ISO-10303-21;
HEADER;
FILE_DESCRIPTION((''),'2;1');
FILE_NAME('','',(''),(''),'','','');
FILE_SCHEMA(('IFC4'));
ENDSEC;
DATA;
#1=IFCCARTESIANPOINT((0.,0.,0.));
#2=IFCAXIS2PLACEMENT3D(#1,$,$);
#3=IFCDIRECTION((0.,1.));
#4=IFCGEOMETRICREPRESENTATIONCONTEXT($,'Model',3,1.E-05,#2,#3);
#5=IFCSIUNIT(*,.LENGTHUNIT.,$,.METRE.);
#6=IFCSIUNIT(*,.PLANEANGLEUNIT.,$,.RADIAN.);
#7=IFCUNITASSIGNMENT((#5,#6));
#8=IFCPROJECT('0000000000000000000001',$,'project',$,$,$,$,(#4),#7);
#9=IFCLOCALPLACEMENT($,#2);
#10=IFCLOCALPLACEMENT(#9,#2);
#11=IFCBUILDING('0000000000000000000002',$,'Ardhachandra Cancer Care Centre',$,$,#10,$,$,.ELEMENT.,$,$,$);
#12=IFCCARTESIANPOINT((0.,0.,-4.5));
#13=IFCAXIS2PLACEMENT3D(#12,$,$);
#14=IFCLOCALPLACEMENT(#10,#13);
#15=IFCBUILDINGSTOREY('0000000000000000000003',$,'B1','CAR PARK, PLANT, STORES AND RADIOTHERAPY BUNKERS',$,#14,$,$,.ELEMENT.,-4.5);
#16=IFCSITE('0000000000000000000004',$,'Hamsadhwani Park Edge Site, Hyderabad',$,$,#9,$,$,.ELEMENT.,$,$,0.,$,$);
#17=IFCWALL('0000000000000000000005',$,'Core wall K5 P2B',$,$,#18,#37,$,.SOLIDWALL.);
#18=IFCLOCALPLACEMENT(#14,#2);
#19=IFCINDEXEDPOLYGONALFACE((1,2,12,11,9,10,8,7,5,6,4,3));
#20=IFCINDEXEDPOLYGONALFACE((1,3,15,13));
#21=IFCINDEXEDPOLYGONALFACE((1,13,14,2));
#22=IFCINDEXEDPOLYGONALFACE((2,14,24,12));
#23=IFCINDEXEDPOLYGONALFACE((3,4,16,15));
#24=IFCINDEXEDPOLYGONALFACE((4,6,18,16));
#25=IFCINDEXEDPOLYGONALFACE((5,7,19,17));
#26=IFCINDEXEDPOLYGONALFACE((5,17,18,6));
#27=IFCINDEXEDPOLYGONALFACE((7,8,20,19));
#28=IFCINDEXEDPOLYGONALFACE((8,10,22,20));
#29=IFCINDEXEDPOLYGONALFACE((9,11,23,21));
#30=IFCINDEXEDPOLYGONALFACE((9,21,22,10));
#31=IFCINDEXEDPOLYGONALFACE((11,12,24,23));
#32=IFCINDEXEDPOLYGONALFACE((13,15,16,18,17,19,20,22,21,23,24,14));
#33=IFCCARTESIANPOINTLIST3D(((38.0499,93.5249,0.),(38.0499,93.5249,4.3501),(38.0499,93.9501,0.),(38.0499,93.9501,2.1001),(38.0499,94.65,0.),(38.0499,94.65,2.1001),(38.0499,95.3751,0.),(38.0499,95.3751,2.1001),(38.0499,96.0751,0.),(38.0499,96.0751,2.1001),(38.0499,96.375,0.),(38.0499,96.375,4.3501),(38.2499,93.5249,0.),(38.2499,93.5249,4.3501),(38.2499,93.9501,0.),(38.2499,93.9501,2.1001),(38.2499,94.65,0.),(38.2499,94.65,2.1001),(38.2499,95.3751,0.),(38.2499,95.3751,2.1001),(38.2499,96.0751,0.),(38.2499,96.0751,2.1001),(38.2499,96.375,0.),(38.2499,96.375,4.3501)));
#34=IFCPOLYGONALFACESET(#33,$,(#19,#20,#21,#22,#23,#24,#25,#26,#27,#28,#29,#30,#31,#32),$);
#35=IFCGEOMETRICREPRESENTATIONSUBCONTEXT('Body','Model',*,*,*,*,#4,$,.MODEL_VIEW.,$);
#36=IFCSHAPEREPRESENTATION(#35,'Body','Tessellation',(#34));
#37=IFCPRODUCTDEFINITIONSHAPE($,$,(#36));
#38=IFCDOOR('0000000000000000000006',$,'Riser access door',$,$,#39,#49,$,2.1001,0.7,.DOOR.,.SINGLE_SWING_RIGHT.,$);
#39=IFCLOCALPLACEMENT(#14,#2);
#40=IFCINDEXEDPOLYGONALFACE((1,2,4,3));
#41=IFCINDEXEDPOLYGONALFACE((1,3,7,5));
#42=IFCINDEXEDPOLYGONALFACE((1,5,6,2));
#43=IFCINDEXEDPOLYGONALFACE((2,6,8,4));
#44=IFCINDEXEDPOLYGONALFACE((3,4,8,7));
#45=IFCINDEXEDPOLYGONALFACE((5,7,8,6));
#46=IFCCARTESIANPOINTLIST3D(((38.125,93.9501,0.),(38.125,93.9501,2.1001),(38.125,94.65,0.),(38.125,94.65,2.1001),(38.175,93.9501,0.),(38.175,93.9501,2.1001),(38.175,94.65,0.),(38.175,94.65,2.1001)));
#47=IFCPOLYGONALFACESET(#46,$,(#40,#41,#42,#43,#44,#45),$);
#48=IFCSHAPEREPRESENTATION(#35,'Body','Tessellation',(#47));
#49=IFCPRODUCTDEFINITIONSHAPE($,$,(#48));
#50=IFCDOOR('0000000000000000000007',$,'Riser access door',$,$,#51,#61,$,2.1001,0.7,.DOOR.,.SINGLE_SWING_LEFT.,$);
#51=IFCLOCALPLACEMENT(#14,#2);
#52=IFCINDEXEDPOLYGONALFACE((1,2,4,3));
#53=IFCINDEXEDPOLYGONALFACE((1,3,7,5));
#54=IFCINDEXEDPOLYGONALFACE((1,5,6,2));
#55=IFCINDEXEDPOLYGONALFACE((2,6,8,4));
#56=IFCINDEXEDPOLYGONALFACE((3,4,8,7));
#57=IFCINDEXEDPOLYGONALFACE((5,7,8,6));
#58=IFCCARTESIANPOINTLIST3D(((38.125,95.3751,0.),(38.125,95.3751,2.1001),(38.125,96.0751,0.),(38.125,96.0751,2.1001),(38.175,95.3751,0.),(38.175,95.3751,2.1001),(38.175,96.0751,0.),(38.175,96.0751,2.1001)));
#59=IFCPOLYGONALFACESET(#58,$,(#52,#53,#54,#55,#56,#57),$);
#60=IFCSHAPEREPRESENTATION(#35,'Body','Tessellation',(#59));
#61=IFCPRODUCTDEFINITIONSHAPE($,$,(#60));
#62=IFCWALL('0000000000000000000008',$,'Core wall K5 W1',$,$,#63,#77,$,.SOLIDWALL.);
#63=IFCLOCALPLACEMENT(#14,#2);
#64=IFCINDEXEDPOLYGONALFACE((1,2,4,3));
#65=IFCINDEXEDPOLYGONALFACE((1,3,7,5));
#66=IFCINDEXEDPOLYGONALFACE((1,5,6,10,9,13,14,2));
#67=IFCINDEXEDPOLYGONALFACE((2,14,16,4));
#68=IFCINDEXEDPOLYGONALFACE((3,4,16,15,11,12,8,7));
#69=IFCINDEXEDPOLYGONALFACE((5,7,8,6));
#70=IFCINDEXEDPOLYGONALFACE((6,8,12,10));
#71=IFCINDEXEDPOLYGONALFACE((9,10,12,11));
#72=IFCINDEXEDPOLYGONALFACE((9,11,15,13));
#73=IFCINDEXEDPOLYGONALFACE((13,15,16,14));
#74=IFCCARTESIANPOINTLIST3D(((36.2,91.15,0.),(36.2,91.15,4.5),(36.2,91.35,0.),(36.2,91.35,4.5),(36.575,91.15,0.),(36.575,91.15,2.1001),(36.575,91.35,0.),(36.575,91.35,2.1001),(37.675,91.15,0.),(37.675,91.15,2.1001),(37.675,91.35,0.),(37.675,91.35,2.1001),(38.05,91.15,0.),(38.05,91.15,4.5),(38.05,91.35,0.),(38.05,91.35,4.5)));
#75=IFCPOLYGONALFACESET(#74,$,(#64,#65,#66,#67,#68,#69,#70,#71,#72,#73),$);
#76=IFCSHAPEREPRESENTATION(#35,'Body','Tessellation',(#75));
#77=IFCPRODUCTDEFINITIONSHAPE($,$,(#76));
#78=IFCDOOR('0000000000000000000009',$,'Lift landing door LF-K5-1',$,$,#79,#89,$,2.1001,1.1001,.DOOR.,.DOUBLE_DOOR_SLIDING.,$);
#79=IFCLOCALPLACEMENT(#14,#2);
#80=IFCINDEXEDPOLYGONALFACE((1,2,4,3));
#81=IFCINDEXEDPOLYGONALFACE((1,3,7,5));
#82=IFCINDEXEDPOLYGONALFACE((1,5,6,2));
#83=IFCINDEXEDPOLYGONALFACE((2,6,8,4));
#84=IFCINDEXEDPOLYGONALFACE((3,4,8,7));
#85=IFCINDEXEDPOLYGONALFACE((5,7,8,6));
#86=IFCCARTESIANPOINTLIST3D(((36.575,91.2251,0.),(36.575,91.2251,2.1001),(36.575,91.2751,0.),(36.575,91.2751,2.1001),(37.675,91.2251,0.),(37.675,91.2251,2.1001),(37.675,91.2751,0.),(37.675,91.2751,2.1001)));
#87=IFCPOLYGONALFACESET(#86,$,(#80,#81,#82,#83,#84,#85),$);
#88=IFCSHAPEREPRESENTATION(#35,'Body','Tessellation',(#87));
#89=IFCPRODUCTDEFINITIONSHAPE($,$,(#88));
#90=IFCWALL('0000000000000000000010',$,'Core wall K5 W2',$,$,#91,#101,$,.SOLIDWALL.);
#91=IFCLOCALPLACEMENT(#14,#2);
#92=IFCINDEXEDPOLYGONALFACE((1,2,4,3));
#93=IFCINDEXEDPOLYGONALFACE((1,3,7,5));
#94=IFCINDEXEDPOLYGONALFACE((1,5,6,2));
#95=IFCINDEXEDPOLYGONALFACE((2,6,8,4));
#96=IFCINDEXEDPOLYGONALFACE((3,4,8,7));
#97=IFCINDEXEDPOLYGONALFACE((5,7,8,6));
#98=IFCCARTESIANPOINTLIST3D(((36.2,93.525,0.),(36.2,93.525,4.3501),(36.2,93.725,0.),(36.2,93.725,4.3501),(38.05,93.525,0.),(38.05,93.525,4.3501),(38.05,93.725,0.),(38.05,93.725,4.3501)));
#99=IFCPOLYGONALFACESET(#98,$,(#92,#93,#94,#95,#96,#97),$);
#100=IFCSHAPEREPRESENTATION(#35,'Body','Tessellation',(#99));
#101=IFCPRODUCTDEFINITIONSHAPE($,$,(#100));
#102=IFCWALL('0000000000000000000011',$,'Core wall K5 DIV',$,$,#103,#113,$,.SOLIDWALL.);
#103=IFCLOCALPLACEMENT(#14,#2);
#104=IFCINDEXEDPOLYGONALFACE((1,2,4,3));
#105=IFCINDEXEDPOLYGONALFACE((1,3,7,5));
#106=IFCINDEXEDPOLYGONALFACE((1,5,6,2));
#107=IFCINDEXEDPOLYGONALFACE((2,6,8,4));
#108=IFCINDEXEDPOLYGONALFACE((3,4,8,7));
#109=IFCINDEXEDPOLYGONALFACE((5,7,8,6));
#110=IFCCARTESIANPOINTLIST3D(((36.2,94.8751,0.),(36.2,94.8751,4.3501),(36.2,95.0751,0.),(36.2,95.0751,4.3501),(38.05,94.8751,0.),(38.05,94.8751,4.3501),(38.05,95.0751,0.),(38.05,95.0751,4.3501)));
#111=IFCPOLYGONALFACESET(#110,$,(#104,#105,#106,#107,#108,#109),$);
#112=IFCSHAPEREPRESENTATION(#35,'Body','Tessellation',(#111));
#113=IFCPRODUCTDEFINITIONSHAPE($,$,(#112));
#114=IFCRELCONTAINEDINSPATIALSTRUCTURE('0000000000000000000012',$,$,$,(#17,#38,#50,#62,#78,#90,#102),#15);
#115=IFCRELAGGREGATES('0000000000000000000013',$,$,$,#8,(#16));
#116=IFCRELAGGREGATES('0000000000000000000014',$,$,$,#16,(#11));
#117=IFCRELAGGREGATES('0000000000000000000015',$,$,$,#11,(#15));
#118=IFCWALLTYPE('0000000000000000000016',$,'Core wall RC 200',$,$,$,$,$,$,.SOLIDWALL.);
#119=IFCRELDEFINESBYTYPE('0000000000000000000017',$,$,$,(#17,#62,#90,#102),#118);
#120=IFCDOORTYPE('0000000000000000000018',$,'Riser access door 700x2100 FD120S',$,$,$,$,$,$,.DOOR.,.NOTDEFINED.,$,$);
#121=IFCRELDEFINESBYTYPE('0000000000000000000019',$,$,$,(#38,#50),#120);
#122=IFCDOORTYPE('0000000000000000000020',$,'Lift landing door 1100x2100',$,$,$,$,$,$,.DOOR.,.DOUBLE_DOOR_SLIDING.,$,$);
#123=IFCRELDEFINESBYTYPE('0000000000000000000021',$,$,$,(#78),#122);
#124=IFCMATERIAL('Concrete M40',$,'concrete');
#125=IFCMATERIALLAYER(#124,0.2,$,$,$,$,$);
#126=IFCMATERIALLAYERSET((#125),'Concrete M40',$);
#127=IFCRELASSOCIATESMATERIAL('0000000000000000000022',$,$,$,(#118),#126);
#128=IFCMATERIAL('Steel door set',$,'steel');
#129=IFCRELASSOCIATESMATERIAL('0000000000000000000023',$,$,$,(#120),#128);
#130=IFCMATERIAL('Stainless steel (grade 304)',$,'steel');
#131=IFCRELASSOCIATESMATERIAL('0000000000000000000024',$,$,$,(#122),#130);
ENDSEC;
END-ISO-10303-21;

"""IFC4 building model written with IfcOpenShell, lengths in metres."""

from ifc_helpers import new_model, si_unit, direction, frame, frame_2d, origin, place, context, subcontext, project, spatial, rectangle, extrude, material, layer, layer_set, type_object, element, fill, save


model = new_model("IFC4")

# Units and contexts
model_context = context("Model", 3, precision=1e-05, world=origin(), true_north=direction((0.0, 1.0)))
body_context = subcontext(model_context, "Body", "Model", "MODEL_VIEW")
ifc_project = project(units=[si_unit("LENGTHUNIT", "METRE"), si_unit("PLANEANGLEUNIT", "RADIAN")], contexts=[model_context])

# Site, building, storey
site_placement = place(None, origin())
site = spatial("IfcSite", under=ifc_project, at=site_placement, Name="Hamsadhwani Park Edge Site, Hyderabad", CompositionType="ELEMENT", RefElevation=0.0)
building_placement = place(site_placement, origin())
building = spatial("IfcBuilding", under=site, at=building_placement, Name="Ardhachandra Cancer Care Centre", CompositionType="ELEMENT")
storey_placement = place(building_placement, frame((0.0, 0.0, -4.5)))
storey = spatial("IfcBuildingStorey", under=building, at=storey_placement, Name="B1", Description="CAR PARK, PLANT, STORES AND RADIOTHERAPY BUNKERS", CompositionType="ELEMENT", Elevation=-4.5)

# Wall, openings, doors
ifc_material_1 = material(Name="Concrete M40", Category="concrete")
ifc_layer = layer(ifc_material_1, 0.2)
ifc_layer_set = layer_set([ifc_layer], Name="Concrete M40")
wall_type = type_object("IfcWallType", Name="Core wall RC 200", PredefinedType="SOLIDWALL", material=ifc_layer_set)
wall_1_placement = place(storey_placement, frame((38.1499, 93.5249, 0.0), z_axis=(0.0, 0.0, 1.0), x_axis=(0.0, 1.0, 0.0)))
wall_1 = element("IfcWall", 1, at=wall_1_placement, inside=storey, type_object=wall_type, Name="Core wall K5 P2B", PredefinedType="SOLIDWALL", context=body_context, shape_type="SweptSolid", body=[
    extrude(rectangle(XDim=2.8501, YDim=0.2, at=frame_2d((1.425, 0.0))), origin(), (0.0, 0.0, 1.0), 4.3501),
])
opening_1_placement = place(wall_1_placement, frame((0.425, 0.0, 0.0)))
opening_1 = element("IfcOpeningElement", 2, at=opening_1_placement, cuts=wall_1, PredefinedType="OPENING", context=body_context, shape_type="SweptSolid", body=[
    extrude(rectangle(XDim=0.7, YDim=2.1001, at=frame_2d((0.3501, 1.05))), frame((0.0, 0.1099, 0.0), z_axis=(0.0, -1.0, 0.0), x_axis=(1.0, 0.0, 0.0)), (0.0, 0.0, 1.0), 0.22),
])
opening_2_placement = place(wall_1_placement, frame((1.8501, 0.0, 0.0)))
opening_2 = element("IfcOpeningElement", 3, at=opening_2_placement, cuts=wall_1, PredefinedType="OPENING", context=body_context, shape_type="SweptSolid", body=[
    extrude(rectangle(XDim=0.7, YDim=2.1001, at=frame_2d((0.3501, 1.05))), frame((0.0, 0.1099, 0.0), z_axis=(0.0, -1.0, 0.0), x_axis=(1.0, 0.0, 0.0)), (0.0, 0.0, 1.0), 0.22),
])
ifc_material_2 = material(Name="Steel door set", Category="steel")
door_type_1 = type_object("IfcDoorType", Name="Riser access door 700x2100 FD120S", OperationType="NOTDEFINED", PredefinedType="DOOR", material=ifc_material_2)
door_1_placement = place(opening_1_placement, origin())
door_1 = element("IfcDoor", 4, at=door_1_placement, inside=storey, type_object=door_type_1, Name="Riser access door", OperationType="SINGLE_SWING_RIGHT", OverallHeight=2.1001, OverallWidth=0.7, PredefinedType="DOOR", context=body_context, shape_type="SweptSolid", body=[
    extrude(rectangle(XDim=0.7, YDim=2.1001, at=frame_2d((0.3501, 1.05))), frame((0.0, 0.0249, 0.0), z_axis=(0.0, -1.0, 0.0), x_axis=(1.0, 0.0, 0.0)), (0.0, 0.0, 1.0), 0.05),
])
fill(opening_1, door_1)
door_2_placement = place(opening_2_placement, origin())
door_2 = element("IfcDoor", 5, at=door_2_placement, inside=storey, type_object=door_type_1, Name="Riser access door", OperationType="SINGLE_SWING_LEFT", OverallHeight=2.1001, OverallWidth=0.7, PredefinedType="DOOR", context=body_context, shape_type="SweptSolid", body=[
    extrude(rectangle(XDim=0.7, YDim=2.1001, at=frame_2d((0.3501, 1.05))), frame((0.0, 0.0249, 0.0), z_axis=(0.0, -1.0, 0.0), x_axis=(1.0, 0.0, 0.0)), (0.0, 0.0, 1.0), 0.05),
])
fill(opening_2, door_2)

# Wall, opening, door
wall_2_placement = place(storey_placement, frame((38.05, 91.25, 0.0), z_axis=(0.0, 0.0, 1.0), x_axis=(-1.0, 0.0, 0.0)))
wall_2 = element("IfcWall", 6, at=wall_2_placement, inside=storey, type_object=wall_type, Name="Core wall K5 W1", PredefinedType="SOLIDWALL", context=body_context, shape_type="SweptSolid", body=[
    extrude(rectangle(XDim=1.8501, YDim=0.2, at=frame_2d((0.925, 0.0))), origin(), (0.0, 0.0, 1.0), 4.5),
])
opening_3_placement = place(wall_2_placement, frame((0.375, 0.0, 0.0)))
opening_3 = element("IfcOpeningElement", 7, at=opening_3_placement, cuts=wall_2, PredefinedType="OPENING", context=body_context, shape_type="SweptSolid", body=[
    extrude(rectangle(XDim=1.1001, YDim=2.1001, at=frame_2d((0.55, 1.05))), frame((0.0, 0.1099, 0.0), z_axis=(0.0, -1.0, 0.0), x_axis=(1.0, 0.0, 0.0)), (0.0, 0.0, 1.0), 0.22),
])
ifc_material_3 = material(Name="Stainless steel (grade 304)", Category="steel")
door_type_2 = type_object("IfcDoorType", Name="Lift landing door 1100x2100", OperationType="DOUBLE_DOOR_SLIDING", PredefinedType="DOOR", material=ifc_material_3)
door_3_placement = place(opening_3_placement, origin())
door_3 = element("IfcDoor", 8, at=door_3_placement, inside=storey, type_object=door_type_2, Name="Lift landing door LF-K5-1", OperationType="DOUBLE_DOOR_SLIDING", OverallHeight=2.1001, OverallWidth=1.1001, PredefinedType="DOOR", context=body_context, shape_type="SweptSolid", body=[
    extrude(rectangle(XDim=1.1001, YDim=2.1001, at=frame_2d((0.55, 1.05))), frame((0.0, 0.0249, 0.0), z_axis=(0.0, -1.0, 0.0), x_axis=(1.0, 0.0, 0.0)), (0.0, 0.0, 1.0), 0.05),
])
fill(opening_3, door_3)

# Walls
for number, where, z_axis, x_axis, name in (
    (9, (38.05, 93.625, 0.0), (0.0, 0.0, 1.0), (-1.0, 0.0, 0.0), "Core wall K5 W2"),
    (10, (38.05, 94.9751, 0.0), (0.0, 0.0, 1.0), (-1.0, 0.0, 0.0), "Core wall K5 DIV"),
):
    element("IfcWall", number, at=place(storey_placement, frame(where, z_axis=z_axis, x_axis=x_axis)), inside=storey, type_object=wall_type, Name=name, PredefinedType="SOLIDWALL", context=body_context, shape_type="SweptSolid", body=[
        extrude(rectangle(XDim=1.8501, YDim=0.2, at=frame_2d((0.925, 0.0))), origin(), (0.0, 0.0, 1.0), 4.3501),
    ])

save(model, "model.ifc")
